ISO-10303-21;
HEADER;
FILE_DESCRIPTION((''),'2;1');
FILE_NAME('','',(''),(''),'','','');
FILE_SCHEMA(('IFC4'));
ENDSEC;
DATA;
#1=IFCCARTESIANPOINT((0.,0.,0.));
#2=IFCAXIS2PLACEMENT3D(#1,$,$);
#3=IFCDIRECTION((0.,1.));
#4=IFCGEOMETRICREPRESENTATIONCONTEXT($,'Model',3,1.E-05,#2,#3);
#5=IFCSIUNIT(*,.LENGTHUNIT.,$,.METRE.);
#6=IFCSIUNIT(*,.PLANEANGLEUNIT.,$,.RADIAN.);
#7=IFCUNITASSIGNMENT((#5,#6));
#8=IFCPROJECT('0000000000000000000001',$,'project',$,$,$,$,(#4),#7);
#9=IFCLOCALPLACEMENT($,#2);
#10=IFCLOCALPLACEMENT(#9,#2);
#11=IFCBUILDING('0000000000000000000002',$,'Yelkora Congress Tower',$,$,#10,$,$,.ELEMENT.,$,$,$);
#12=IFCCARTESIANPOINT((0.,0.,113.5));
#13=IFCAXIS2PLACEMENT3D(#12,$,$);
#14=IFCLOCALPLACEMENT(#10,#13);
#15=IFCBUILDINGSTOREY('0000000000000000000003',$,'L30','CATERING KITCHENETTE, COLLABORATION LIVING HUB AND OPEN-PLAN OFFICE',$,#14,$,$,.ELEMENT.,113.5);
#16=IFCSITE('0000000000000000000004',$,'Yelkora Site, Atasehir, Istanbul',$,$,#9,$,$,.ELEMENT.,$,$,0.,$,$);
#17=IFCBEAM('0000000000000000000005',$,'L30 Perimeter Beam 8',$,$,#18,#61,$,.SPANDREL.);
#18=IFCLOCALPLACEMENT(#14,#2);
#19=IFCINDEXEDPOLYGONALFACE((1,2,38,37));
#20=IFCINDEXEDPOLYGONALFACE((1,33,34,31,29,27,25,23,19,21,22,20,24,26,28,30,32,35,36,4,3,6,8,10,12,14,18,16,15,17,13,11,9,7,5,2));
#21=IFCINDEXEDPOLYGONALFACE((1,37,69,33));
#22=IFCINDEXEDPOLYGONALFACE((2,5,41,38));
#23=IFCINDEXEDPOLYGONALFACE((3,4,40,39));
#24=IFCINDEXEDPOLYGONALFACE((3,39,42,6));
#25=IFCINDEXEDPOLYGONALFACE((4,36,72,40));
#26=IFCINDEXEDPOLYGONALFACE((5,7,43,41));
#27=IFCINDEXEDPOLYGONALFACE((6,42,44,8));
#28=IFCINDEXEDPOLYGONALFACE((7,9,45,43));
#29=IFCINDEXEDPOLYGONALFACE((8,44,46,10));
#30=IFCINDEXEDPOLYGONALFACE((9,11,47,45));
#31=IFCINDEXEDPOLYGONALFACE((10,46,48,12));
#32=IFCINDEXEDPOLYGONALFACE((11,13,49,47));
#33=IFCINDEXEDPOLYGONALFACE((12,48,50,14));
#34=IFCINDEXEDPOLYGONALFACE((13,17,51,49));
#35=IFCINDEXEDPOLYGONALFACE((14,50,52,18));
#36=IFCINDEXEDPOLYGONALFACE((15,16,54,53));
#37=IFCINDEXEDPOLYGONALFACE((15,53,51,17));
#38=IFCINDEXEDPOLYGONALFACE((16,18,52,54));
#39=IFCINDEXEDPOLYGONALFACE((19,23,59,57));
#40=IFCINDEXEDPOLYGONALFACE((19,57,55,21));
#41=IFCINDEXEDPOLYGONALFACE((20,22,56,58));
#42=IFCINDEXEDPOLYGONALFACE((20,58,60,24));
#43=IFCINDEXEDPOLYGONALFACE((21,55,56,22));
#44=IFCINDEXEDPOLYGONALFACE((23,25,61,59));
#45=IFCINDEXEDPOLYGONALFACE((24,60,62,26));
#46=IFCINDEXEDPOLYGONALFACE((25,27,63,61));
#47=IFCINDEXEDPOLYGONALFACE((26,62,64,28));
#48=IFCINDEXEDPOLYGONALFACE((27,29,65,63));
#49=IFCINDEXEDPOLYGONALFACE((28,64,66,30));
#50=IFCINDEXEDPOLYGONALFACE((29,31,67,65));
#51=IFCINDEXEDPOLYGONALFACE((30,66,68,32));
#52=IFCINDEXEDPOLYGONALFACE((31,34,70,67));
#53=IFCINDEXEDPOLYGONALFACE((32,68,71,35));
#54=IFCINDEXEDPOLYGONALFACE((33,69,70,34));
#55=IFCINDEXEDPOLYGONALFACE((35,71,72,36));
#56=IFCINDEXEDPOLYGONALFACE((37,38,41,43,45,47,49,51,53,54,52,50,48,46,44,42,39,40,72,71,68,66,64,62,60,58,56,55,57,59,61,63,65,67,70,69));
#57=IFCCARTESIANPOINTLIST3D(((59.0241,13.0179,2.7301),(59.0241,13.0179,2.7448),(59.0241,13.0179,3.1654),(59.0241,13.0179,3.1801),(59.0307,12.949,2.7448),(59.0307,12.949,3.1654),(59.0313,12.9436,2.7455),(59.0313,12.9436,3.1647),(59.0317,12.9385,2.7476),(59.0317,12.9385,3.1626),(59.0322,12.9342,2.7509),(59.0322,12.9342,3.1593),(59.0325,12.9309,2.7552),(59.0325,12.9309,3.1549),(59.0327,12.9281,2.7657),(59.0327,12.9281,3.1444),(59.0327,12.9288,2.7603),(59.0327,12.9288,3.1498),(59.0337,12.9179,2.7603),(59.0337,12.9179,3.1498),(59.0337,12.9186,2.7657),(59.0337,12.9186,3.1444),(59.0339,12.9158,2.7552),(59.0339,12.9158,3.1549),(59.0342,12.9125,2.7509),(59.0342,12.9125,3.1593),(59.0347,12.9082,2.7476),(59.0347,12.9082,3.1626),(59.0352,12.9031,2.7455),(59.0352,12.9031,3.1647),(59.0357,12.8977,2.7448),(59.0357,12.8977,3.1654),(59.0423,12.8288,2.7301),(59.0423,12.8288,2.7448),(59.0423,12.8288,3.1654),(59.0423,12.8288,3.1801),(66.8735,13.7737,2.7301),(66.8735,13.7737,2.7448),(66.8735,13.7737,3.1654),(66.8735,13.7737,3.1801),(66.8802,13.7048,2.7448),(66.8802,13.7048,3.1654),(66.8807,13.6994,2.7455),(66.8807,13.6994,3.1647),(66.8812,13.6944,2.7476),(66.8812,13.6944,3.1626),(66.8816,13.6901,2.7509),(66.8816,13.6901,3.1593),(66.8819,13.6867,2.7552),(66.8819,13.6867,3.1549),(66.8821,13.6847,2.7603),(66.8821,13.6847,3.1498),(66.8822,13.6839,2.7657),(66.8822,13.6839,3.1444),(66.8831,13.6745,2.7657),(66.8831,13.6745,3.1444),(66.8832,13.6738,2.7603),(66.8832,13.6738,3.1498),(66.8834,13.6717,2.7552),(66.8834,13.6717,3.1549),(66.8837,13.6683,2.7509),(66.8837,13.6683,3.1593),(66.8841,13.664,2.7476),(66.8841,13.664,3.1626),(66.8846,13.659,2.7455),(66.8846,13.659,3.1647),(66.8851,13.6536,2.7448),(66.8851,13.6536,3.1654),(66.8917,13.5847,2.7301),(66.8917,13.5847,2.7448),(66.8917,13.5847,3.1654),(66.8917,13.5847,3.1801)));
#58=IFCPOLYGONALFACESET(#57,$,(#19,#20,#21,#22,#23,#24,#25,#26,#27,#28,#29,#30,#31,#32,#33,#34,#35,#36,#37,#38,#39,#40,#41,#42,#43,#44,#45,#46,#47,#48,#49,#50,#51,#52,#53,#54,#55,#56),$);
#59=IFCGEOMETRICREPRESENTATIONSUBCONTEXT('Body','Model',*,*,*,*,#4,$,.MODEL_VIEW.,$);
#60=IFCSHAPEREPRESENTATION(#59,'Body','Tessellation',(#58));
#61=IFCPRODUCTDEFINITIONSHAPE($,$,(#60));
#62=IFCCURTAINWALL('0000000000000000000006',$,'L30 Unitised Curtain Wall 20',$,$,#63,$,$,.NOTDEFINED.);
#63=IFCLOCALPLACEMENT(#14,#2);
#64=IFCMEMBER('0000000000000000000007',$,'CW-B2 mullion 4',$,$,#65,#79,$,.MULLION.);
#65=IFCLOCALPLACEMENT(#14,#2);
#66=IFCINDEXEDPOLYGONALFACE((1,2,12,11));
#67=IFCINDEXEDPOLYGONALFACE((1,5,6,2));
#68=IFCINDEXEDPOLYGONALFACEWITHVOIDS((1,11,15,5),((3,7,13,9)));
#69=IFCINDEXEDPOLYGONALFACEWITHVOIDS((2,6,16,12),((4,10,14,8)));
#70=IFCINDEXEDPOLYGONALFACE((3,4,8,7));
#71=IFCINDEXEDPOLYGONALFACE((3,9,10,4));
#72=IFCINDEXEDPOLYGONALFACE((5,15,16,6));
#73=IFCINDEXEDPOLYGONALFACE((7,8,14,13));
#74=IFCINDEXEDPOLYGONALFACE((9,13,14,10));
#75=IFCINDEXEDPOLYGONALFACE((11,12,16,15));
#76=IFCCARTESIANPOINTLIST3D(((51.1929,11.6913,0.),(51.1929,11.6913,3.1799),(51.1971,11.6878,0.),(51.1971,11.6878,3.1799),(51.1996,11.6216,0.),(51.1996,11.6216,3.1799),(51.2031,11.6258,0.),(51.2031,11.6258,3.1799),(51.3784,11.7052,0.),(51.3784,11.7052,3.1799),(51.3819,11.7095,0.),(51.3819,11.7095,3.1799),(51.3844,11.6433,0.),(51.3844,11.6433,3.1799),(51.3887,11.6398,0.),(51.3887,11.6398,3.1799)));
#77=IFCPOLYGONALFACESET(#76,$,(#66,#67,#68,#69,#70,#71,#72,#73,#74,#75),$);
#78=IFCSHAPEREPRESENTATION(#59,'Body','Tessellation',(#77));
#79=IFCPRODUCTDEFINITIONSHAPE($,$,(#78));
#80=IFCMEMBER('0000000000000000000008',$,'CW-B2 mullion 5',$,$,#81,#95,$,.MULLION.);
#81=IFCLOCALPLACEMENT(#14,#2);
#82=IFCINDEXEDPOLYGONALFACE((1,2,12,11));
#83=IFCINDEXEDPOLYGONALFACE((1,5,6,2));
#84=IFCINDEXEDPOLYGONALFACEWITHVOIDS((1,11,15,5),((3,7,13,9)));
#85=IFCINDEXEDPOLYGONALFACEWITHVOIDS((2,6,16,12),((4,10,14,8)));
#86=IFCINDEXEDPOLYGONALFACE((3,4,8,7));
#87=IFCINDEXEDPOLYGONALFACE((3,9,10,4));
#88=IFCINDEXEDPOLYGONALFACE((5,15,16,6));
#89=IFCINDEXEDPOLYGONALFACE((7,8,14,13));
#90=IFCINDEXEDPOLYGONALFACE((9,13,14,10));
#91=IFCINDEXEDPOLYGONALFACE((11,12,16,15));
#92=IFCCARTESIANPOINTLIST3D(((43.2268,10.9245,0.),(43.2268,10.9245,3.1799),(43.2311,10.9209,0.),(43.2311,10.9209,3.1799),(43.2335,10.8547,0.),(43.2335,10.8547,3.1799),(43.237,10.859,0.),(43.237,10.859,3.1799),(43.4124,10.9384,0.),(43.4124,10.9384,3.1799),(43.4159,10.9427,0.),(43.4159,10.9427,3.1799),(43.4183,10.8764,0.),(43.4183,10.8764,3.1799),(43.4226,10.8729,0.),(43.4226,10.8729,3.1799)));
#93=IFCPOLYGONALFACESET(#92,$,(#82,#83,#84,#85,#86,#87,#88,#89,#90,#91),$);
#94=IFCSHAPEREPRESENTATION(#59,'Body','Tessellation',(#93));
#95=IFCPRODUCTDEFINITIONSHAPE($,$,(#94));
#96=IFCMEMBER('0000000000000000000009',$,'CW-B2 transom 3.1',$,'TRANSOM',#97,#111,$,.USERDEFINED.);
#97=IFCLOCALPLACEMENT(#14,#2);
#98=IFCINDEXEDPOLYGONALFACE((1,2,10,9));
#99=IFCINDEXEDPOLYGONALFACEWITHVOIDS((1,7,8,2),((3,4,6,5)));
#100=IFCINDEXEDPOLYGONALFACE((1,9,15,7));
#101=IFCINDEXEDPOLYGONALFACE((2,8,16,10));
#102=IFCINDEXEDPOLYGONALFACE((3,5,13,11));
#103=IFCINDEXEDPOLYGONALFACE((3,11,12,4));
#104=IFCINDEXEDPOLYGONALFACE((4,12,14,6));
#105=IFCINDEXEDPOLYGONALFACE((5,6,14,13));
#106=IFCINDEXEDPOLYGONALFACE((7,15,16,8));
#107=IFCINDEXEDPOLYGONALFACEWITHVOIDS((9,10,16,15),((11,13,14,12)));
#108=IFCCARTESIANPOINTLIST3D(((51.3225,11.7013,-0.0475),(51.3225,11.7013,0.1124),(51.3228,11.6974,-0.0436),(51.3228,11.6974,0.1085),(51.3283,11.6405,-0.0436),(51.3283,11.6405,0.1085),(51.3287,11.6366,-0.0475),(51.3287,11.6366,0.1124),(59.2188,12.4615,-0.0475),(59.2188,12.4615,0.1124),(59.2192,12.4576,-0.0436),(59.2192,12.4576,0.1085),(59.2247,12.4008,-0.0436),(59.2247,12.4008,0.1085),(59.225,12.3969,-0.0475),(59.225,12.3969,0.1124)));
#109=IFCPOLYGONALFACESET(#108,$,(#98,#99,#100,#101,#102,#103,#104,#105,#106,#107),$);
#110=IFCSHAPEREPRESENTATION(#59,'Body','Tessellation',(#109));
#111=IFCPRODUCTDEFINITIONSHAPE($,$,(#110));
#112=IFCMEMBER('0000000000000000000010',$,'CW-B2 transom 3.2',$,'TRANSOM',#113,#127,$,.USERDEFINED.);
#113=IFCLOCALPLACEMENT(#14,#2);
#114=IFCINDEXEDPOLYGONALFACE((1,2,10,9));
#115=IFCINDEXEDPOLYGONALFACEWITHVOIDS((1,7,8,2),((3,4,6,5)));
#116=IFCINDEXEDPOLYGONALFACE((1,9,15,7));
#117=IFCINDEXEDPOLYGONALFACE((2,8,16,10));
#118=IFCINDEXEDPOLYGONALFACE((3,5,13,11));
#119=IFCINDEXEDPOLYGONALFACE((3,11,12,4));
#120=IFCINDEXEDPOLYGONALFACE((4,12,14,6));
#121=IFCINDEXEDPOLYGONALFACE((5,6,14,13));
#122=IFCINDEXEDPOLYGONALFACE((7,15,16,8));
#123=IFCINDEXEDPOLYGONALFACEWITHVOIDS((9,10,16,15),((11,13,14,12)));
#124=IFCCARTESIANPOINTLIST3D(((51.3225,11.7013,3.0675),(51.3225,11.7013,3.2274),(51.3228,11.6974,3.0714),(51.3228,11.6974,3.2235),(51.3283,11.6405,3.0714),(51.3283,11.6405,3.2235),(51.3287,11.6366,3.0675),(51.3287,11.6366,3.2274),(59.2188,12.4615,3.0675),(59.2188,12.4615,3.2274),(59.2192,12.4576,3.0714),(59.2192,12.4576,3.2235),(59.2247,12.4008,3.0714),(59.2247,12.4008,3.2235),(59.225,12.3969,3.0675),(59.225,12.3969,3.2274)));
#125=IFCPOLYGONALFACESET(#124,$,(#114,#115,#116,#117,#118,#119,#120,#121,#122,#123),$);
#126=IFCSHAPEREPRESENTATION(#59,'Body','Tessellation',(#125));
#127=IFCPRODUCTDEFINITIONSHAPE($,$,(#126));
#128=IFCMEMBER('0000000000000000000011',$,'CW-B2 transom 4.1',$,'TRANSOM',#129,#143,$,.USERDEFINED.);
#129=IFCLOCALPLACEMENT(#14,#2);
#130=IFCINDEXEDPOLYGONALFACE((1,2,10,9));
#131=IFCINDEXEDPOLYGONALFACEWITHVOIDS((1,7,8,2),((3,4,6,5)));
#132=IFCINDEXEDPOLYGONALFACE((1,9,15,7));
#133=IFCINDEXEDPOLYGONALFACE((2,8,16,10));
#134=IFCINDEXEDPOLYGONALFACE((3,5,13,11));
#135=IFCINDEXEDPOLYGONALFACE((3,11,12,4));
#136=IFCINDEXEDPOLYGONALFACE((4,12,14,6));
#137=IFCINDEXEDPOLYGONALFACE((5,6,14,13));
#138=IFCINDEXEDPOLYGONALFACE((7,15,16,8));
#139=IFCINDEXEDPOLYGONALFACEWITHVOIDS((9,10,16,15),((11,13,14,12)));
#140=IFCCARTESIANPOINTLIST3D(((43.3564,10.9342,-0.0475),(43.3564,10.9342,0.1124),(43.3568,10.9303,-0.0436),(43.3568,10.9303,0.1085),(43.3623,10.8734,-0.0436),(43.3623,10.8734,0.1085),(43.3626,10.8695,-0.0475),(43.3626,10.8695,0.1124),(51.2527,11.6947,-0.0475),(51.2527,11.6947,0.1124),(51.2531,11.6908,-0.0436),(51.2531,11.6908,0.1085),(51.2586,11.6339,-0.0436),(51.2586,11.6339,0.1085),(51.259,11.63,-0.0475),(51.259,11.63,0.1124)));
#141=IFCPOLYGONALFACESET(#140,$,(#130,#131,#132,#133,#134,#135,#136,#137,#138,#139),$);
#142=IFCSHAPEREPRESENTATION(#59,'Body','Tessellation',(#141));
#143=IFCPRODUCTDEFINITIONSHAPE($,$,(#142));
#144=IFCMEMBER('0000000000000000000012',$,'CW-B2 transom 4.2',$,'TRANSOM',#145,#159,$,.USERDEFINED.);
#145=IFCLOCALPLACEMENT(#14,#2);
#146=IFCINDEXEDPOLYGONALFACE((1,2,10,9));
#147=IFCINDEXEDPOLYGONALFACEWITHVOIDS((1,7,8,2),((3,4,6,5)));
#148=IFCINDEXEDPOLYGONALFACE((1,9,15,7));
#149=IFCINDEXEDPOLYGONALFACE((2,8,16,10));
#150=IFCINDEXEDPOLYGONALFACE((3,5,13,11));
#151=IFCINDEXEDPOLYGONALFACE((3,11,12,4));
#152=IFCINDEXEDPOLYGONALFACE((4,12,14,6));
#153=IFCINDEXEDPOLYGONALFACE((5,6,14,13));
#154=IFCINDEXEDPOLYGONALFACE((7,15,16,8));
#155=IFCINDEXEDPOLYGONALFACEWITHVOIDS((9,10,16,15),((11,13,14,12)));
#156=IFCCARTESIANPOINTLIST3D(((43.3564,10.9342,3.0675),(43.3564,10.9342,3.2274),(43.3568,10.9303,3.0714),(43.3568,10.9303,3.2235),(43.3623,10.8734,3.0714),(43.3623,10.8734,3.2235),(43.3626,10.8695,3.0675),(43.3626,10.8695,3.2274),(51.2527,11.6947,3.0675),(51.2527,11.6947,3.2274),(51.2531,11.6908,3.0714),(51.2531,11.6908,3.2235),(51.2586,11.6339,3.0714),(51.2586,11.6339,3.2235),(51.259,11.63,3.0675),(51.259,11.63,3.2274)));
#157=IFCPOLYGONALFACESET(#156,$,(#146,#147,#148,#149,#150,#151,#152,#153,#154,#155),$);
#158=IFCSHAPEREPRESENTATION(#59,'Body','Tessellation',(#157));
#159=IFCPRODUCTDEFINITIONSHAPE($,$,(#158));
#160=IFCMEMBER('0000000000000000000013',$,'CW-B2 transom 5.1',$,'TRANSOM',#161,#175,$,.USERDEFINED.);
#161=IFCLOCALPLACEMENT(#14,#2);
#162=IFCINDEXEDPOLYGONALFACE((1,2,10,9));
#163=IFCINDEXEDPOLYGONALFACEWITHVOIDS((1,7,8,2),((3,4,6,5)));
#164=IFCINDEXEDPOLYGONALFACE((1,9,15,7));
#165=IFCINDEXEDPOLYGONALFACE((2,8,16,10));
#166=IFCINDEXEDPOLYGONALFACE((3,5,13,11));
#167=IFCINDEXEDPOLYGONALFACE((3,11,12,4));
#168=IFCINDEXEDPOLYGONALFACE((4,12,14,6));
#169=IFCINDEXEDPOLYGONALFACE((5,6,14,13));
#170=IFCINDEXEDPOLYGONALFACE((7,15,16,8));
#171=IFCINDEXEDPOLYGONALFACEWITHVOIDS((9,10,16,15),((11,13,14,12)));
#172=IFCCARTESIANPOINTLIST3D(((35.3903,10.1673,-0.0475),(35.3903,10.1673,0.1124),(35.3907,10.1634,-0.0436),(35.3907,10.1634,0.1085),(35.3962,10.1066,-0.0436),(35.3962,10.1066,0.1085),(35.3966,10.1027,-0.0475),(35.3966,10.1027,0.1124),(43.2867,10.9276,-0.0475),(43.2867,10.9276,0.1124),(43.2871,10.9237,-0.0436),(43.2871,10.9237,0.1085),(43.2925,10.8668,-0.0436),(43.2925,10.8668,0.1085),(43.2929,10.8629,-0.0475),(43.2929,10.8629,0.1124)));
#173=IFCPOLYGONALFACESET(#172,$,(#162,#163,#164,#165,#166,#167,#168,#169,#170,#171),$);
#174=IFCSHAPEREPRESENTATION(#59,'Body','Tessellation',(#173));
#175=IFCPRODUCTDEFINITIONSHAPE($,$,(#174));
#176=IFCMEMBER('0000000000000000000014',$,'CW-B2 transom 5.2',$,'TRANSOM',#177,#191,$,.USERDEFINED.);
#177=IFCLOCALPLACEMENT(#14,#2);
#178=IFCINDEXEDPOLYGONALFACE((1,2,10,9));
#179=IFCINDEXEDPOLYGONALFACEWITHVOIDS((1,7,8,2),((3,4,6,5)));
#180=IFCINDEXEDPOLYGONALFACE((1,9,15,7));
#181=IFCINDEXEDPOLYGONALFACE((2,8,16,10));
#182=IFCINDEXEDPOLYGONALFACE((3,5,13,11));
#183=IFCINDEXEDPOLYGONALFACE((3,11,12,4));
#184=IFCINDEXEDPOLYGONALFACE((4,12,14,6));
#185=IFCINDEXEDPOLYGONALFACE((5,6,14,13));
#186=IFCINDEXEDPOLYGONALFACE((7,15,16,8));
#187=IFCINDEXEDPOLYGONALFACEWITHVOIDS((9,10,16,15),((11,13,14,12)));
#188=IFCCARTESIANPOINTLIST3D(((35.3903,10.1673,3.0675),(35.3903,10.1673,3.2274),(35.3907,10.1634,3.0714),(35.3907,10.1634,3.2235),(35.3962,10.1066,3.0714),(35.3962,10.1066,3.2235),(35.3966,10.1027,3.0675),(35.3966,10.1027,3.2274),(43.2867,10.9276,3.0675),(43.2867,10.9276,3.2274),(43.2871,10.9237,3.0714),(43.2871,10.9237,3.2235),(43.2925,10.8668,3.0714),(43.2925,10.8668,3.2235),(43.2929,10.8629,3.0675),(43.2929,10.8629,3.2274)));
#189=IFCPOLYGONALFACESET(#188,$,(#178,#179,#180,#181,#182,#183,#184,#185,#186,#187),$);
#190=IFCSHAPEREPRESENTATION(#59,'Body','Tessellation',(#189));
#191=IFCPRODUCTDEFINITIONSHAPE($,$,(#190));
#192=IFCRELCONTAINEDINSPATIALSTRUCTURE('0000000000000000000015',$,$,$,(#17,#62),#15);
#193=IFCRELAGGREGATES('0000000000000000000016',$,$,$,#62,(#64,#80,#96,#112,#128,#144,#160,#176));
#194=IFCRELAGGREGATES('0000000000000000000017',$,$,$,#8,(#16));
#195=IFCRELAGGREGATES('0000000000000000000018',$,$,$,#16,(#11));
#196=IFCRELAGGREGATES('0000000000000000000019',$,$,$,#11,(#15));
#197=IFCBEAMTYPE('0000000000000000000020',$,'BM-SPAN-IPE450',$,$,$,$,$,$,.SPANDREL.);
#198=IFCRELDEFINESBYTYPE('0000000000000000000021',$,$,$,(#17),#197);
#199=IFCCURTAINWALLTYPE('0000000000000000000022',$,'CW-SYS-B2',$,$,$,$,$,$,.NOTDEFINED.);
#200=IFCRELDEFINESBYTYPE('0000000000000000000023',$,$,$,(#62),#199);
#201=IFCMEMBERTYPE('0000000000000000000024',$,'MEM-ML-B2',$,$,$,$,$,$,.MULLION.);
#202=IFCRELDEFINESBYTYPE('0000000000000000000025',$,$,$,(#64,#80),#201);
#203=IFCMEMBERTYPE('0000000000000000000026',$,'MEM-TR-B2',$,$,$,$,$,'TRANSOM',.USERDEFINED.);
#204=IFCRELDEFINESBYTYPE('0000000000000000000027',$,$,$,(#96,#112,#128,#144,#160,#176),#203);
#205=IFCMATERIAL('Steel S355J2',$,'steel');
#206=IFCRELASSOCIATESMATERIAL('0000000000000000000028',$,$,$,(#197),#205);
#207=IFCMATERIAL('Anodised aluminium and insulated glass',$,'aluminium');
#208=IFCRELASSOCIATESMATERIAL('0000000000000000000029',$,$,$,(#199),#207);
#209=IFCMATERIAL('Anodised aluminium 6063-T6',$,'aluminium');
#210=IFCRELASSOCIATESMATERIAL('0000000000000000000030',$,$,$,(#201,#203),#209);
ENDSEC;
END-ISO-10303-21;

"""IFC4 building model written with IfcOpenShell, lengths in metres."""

from ifc_helpers import new_model, si_unit, direction, frame, origin, origin_2d, place, context, subcontext, project, spatial, hollow_rectangle, i_section, extrude, material, material_profile, profile_set, type_object, element, aggregate, save


model = new_model("IFC4")

# Units and contexts
model_context = context("Model", 3, precision=1e-05, world=origin(), true_north=direction((0.0, 1.0)))
body_context = subcontext(model_context, "Body", "Model", "MODEL_VIEW")
ifc_project = project(units=[si_unit("LENGTHUNIT", "METRE"), si_unit("PLANEANGLEUNIT", "RADIAN")], contexts=[model_context])

# Site, building, storey
site_placement = place(None, origin())
site = spatial("IfcSite", under=ifc_project, at=site_placement, Name="Yelkora Site, Atasehir, Istanbul", CompositionType="ELEMENT", RefElevation=0.0)
building_placement = place(site_placement, origin())
building = spatial("IfcBuilding", under=site, at=building_placement, Name="Yelkora Congress Tower", CompositionType="ELEMENT")
storey_placement = place(building_placement, frame((0.0, 0.0, 113.5)))
storey = spatial("IfcBuildingStorey", under=building, at=storey_placement, Name="L30", Description="CATERING KITCHENETTE, COLLABORATION LIVING HUB AND OPEN-PLAN OFFICE", CompositionType="ELEMENT", Elevation=113.5)

# Beam
ifc_material_1 = material(Name="Steel S355J2", Category="steel")
ifc_material_profile_1 = material_profile(ifc_material_1, i_section(OverallWidth=0.1899, OverallDepth=0.45, WebThickness=0.0095, FlangeThickness=0.0146, FilletRadius=0.021, at=origin_2d()), Name="IPE 450")
ifc_profile_set_1 = profile_set([ifc_material_profile_1], Name="Steel S355J2")
beam_type_1 = type_object("IfcBeamType", Name="BM-SPAN-IPE450", PredefinedType="SPANDREL", material=ifc_profile_set_1)
beam_1_placement = place(storey_placement, frame((59.0332, 12.9233, 2.9551), z_axis=(0.995396, 0.095852, 0.0), x_axis=(-0.095852, 0.995396, 0.0)))
element("IfcBeam", 1, at=beam_1_placement, inside=storey, type_object=beam_type_1, Name="L30 Perimeter Beam 8", PredefinedType="SPANDREL", context=body_context, shape_type="SweptSolid", body=[
    extrude(i_section(OverallWidth=0.1899, OverallDepth=0.45, WebThickness=0.0095, FlangeThickness=0.0146, FilletRadius=0.021, at=origin_2d()), origin(), (0.0, 0.0, 1.0), 7.8857),
])

# Curtain wall, members
ifc_material_2 = material(Name="Anodised aluminium and insulated glass", Category="aluminium")
curtain_wall_type = type_object("IfcCurtainWallType", Name="CW-SYS-B2", PredefinedType="NOTDEFINED", material=ifc_material_2)
curtain_wall_placement = place(storey_placement, origin())
curtain_wall = element("IfcCurtainWall", 2, at=curtain_wall_placement, inside=storey, type_object=curtain_wall_type, Name="L30 Unitised Curtain Wall 20", PredefinedType="NOTDEFINED")
ifc_material_3 = material(Name="Anodised aluminium 6063-T6", Category="aluminium")
ifc_material_profile_2 = material_profile(ifc_material_3, hollow_rectangle(XDim=0.0701, YDim=0.1899, WallThickness=0.0039, at=origin_2d()), Name="ALU 70x190x4")
ifc_profile_set_2 = profile_set([ifc_material_profile_2], Name="Anodised aluminium 6063-T6")
member_type_1 = type_object("IfcMemberType", Name="MEM-ML-B2", PredefinedType="MULLION", material=ifc_profile_set_2)
member_1_placement = place(storey_placement, frame((51.2908, 11.6655, 0.0), z_axis=(0.0, 0.0, 1.0), x_axis=(0.095844, -0.995396, 0.0)))
member_1 = element("IfcMember", 3, at=member_1_placement, type_object=member_type_1, Name="CW-B2 mullion 4", PredefinedType="MULLION", context=body_context, shape_type="SweptSolid", body=[
    extrude(hollow_rectangle(XDim=0.0701, YDim=0.1899, WallThickness=0.0039, at=origin_2d()), origin(), (0.0, 0.0, 1.0), 3.1799),
])
member_2_placement = place(storey_placement, frame((43.3247, 10.8987, 0.0), z_axis=(0.0, 0.0, 1.0), x_axis=(0.095844, -0.995396, 0.0)))
member_2 = element("IfcMember", 4, at=member_2_placement, type_object=member_type_1, Name="CW-B2 mullion 5", PredefinedType="MULLION", context=body_context, shape_type="SweptSolid", body=[
    extrude(hollow_rectangle(XDim=0.0701, YDim=0.1899, WallThickness=0.0039, at=origin_2d()), origin(), (0.0, 0.0, 1.0), 3.1799),
])
ifc_material_profile_3 = material_profile(ifc_material_3, hollow_rectangle(XDim=0.0649, YDim=0.1599, WallThickness=0.0039, at=origin_2d()), Name="ALU 65x160x4")
ifc_profile_set_3 = profile_set([ifc_material_profile_3], Name="Anodised aluminium 6063-T6")
member_type_2 = type_object("IfcMemberType", Name="MEM-TR-B2", ElementType="TRANSOM", PredefinedType="USERDEFINED", material=ifc_profile_set_3)
member_3_placement = place(storey_placement, frame((59.2219, 12.4292, 0.0325), z_axis=(-0.995397, -0.095837, 0.0), x_axis=(0.095837, -0.995397, 0.0)))
member_3 = element("IfcMember", 5, at=member_3_placement, type_object=member_type_2, Name="CW-B2 transom 3.1", ObjectType="TRANSOM", PredefinedType="USERDEFINED", context=body_context, shape_type="SweptSolid", body=[
    extrude(hollow_rectangle(XDim=0.0649, YDim=0.1599, WallThickness=0.0039, at=origin_2d()), origin(), (0.0, 0.0, 1.0), 7.9329),
])
member_4_placement = place(storey_placement, frame((59.2219, 12.4292, 3.1475), z_axis=(-0.995397, -0.095837, 0.0), x_axis=(0.095837, -0.995397, 0.0)))
member_4 = element("IfcMember", 6, at=member_4_placement, type_object=member_type_2, Name="CW-B2 transom 3.2", ObjectType="TRANSOM", PredefinedType="USERDEFINED", context=body_context, shape_type="SweptSolid", body=[
    extrude(hollow_rectangle(XDim=0.0649, YDim=0.1599, WallThickness=0.0039, at=origin_2d()), origin(), (0.0, 0.0, 1.0), 7.9329),
])
member_5_placement = place(storey_placement, frame((51.2559, 11.6624, 0.0325), z_axis=(-0.995394, -0.095868, 0.0), x_axis=(0.095868, -0.995394, 0.0)))
member_5 = element("IfcMember", 7, at=member_5_placement, type_object=member_type_2, Name="CW-B2 transom 4.1", ObjectType="TRANSOM", PredefinedType="USERDEFINED", context=body_context, shape_type="SweptSolid", body=[
    extrude(hollow_rectangle(XDim=0.0649, YDim=0.1599, WallThickness=0.0039, at=origin_2d()), origin(), (0.0, 0.0, 1.0), 7.9329),
])
member_6_placement = place(storey_placement, frame((51.2559, 11.6624, 3.1475), z_axis=(-0.995394, -0.095868, 0.0), x_axis=(0.095868, -0.995394, 0.0)))
member_6 = element("IfcMember", 8, at=member_6_placement, type_object=member_type_2, Name="CW-B2 transom 4.2", ObjectType="TRANSOM", PredefinedType="USERDEFINED", context=body_context, shape_type="SweptSolid", body=[
    extrude(hollow_rectangle(XDim=0.0649, YDim=0.1599, WallThickness=0.0039, at=origin_2d()), origin(), (0.0, 0.0, 1.0), 7.9329),
])
member_7_placement = place(storey_placement, frame((43.2898, 10.8953, 0.0325), z_axis=(-0.995397, -0.095837, 0.0), x_axis=(0.095837, -0.995397, 0.0)))
member_7 = element("IfcMember", 9, at=member_7_placement, type_object=member_type_2, Name="CW-B2 transom 5.1", ObjectType="TRANSOM", PredefinedType="USERDEFINED", context=body_context, shape_type="SweptSolid", body=[
    extrude(hollow_rectangle(XDim=0.0649, YDim=0.1599, WallThickness=0.0039, at=origin_2d()), origin(), (0.0, 0.0, 1.0), 7.9329),
])
member_8_placement = place(storey_placement, frame((43.2898, 10.8953, 3.1475), z_axis=(-0.995397, -0.095837, 0.0), x_axis=(0.095837, -0.995397, 0.0)))
member_8 = element("IfcMember", 10, at=member_8_placement, type_object=member_type_2, Name="CW-B2 transom 5.2", ObjectType="TRANSOM", PredefinedType="USERDEFINED", context=body_context, shape_type="SweptSolid", body=[
    extrude(hollow_rectangle(XDim=0.0649, YDim=0.1599, WallThickness=0.0039, at=origin_2d()), origin(), (0.0, 0.0, 1.0), 7.9329),
])
aggregate(curtain_wall, [member_1, member_2, member_3, member_4, member_5, member_6, member_7, member_8])

save(model, "model.ifc")
